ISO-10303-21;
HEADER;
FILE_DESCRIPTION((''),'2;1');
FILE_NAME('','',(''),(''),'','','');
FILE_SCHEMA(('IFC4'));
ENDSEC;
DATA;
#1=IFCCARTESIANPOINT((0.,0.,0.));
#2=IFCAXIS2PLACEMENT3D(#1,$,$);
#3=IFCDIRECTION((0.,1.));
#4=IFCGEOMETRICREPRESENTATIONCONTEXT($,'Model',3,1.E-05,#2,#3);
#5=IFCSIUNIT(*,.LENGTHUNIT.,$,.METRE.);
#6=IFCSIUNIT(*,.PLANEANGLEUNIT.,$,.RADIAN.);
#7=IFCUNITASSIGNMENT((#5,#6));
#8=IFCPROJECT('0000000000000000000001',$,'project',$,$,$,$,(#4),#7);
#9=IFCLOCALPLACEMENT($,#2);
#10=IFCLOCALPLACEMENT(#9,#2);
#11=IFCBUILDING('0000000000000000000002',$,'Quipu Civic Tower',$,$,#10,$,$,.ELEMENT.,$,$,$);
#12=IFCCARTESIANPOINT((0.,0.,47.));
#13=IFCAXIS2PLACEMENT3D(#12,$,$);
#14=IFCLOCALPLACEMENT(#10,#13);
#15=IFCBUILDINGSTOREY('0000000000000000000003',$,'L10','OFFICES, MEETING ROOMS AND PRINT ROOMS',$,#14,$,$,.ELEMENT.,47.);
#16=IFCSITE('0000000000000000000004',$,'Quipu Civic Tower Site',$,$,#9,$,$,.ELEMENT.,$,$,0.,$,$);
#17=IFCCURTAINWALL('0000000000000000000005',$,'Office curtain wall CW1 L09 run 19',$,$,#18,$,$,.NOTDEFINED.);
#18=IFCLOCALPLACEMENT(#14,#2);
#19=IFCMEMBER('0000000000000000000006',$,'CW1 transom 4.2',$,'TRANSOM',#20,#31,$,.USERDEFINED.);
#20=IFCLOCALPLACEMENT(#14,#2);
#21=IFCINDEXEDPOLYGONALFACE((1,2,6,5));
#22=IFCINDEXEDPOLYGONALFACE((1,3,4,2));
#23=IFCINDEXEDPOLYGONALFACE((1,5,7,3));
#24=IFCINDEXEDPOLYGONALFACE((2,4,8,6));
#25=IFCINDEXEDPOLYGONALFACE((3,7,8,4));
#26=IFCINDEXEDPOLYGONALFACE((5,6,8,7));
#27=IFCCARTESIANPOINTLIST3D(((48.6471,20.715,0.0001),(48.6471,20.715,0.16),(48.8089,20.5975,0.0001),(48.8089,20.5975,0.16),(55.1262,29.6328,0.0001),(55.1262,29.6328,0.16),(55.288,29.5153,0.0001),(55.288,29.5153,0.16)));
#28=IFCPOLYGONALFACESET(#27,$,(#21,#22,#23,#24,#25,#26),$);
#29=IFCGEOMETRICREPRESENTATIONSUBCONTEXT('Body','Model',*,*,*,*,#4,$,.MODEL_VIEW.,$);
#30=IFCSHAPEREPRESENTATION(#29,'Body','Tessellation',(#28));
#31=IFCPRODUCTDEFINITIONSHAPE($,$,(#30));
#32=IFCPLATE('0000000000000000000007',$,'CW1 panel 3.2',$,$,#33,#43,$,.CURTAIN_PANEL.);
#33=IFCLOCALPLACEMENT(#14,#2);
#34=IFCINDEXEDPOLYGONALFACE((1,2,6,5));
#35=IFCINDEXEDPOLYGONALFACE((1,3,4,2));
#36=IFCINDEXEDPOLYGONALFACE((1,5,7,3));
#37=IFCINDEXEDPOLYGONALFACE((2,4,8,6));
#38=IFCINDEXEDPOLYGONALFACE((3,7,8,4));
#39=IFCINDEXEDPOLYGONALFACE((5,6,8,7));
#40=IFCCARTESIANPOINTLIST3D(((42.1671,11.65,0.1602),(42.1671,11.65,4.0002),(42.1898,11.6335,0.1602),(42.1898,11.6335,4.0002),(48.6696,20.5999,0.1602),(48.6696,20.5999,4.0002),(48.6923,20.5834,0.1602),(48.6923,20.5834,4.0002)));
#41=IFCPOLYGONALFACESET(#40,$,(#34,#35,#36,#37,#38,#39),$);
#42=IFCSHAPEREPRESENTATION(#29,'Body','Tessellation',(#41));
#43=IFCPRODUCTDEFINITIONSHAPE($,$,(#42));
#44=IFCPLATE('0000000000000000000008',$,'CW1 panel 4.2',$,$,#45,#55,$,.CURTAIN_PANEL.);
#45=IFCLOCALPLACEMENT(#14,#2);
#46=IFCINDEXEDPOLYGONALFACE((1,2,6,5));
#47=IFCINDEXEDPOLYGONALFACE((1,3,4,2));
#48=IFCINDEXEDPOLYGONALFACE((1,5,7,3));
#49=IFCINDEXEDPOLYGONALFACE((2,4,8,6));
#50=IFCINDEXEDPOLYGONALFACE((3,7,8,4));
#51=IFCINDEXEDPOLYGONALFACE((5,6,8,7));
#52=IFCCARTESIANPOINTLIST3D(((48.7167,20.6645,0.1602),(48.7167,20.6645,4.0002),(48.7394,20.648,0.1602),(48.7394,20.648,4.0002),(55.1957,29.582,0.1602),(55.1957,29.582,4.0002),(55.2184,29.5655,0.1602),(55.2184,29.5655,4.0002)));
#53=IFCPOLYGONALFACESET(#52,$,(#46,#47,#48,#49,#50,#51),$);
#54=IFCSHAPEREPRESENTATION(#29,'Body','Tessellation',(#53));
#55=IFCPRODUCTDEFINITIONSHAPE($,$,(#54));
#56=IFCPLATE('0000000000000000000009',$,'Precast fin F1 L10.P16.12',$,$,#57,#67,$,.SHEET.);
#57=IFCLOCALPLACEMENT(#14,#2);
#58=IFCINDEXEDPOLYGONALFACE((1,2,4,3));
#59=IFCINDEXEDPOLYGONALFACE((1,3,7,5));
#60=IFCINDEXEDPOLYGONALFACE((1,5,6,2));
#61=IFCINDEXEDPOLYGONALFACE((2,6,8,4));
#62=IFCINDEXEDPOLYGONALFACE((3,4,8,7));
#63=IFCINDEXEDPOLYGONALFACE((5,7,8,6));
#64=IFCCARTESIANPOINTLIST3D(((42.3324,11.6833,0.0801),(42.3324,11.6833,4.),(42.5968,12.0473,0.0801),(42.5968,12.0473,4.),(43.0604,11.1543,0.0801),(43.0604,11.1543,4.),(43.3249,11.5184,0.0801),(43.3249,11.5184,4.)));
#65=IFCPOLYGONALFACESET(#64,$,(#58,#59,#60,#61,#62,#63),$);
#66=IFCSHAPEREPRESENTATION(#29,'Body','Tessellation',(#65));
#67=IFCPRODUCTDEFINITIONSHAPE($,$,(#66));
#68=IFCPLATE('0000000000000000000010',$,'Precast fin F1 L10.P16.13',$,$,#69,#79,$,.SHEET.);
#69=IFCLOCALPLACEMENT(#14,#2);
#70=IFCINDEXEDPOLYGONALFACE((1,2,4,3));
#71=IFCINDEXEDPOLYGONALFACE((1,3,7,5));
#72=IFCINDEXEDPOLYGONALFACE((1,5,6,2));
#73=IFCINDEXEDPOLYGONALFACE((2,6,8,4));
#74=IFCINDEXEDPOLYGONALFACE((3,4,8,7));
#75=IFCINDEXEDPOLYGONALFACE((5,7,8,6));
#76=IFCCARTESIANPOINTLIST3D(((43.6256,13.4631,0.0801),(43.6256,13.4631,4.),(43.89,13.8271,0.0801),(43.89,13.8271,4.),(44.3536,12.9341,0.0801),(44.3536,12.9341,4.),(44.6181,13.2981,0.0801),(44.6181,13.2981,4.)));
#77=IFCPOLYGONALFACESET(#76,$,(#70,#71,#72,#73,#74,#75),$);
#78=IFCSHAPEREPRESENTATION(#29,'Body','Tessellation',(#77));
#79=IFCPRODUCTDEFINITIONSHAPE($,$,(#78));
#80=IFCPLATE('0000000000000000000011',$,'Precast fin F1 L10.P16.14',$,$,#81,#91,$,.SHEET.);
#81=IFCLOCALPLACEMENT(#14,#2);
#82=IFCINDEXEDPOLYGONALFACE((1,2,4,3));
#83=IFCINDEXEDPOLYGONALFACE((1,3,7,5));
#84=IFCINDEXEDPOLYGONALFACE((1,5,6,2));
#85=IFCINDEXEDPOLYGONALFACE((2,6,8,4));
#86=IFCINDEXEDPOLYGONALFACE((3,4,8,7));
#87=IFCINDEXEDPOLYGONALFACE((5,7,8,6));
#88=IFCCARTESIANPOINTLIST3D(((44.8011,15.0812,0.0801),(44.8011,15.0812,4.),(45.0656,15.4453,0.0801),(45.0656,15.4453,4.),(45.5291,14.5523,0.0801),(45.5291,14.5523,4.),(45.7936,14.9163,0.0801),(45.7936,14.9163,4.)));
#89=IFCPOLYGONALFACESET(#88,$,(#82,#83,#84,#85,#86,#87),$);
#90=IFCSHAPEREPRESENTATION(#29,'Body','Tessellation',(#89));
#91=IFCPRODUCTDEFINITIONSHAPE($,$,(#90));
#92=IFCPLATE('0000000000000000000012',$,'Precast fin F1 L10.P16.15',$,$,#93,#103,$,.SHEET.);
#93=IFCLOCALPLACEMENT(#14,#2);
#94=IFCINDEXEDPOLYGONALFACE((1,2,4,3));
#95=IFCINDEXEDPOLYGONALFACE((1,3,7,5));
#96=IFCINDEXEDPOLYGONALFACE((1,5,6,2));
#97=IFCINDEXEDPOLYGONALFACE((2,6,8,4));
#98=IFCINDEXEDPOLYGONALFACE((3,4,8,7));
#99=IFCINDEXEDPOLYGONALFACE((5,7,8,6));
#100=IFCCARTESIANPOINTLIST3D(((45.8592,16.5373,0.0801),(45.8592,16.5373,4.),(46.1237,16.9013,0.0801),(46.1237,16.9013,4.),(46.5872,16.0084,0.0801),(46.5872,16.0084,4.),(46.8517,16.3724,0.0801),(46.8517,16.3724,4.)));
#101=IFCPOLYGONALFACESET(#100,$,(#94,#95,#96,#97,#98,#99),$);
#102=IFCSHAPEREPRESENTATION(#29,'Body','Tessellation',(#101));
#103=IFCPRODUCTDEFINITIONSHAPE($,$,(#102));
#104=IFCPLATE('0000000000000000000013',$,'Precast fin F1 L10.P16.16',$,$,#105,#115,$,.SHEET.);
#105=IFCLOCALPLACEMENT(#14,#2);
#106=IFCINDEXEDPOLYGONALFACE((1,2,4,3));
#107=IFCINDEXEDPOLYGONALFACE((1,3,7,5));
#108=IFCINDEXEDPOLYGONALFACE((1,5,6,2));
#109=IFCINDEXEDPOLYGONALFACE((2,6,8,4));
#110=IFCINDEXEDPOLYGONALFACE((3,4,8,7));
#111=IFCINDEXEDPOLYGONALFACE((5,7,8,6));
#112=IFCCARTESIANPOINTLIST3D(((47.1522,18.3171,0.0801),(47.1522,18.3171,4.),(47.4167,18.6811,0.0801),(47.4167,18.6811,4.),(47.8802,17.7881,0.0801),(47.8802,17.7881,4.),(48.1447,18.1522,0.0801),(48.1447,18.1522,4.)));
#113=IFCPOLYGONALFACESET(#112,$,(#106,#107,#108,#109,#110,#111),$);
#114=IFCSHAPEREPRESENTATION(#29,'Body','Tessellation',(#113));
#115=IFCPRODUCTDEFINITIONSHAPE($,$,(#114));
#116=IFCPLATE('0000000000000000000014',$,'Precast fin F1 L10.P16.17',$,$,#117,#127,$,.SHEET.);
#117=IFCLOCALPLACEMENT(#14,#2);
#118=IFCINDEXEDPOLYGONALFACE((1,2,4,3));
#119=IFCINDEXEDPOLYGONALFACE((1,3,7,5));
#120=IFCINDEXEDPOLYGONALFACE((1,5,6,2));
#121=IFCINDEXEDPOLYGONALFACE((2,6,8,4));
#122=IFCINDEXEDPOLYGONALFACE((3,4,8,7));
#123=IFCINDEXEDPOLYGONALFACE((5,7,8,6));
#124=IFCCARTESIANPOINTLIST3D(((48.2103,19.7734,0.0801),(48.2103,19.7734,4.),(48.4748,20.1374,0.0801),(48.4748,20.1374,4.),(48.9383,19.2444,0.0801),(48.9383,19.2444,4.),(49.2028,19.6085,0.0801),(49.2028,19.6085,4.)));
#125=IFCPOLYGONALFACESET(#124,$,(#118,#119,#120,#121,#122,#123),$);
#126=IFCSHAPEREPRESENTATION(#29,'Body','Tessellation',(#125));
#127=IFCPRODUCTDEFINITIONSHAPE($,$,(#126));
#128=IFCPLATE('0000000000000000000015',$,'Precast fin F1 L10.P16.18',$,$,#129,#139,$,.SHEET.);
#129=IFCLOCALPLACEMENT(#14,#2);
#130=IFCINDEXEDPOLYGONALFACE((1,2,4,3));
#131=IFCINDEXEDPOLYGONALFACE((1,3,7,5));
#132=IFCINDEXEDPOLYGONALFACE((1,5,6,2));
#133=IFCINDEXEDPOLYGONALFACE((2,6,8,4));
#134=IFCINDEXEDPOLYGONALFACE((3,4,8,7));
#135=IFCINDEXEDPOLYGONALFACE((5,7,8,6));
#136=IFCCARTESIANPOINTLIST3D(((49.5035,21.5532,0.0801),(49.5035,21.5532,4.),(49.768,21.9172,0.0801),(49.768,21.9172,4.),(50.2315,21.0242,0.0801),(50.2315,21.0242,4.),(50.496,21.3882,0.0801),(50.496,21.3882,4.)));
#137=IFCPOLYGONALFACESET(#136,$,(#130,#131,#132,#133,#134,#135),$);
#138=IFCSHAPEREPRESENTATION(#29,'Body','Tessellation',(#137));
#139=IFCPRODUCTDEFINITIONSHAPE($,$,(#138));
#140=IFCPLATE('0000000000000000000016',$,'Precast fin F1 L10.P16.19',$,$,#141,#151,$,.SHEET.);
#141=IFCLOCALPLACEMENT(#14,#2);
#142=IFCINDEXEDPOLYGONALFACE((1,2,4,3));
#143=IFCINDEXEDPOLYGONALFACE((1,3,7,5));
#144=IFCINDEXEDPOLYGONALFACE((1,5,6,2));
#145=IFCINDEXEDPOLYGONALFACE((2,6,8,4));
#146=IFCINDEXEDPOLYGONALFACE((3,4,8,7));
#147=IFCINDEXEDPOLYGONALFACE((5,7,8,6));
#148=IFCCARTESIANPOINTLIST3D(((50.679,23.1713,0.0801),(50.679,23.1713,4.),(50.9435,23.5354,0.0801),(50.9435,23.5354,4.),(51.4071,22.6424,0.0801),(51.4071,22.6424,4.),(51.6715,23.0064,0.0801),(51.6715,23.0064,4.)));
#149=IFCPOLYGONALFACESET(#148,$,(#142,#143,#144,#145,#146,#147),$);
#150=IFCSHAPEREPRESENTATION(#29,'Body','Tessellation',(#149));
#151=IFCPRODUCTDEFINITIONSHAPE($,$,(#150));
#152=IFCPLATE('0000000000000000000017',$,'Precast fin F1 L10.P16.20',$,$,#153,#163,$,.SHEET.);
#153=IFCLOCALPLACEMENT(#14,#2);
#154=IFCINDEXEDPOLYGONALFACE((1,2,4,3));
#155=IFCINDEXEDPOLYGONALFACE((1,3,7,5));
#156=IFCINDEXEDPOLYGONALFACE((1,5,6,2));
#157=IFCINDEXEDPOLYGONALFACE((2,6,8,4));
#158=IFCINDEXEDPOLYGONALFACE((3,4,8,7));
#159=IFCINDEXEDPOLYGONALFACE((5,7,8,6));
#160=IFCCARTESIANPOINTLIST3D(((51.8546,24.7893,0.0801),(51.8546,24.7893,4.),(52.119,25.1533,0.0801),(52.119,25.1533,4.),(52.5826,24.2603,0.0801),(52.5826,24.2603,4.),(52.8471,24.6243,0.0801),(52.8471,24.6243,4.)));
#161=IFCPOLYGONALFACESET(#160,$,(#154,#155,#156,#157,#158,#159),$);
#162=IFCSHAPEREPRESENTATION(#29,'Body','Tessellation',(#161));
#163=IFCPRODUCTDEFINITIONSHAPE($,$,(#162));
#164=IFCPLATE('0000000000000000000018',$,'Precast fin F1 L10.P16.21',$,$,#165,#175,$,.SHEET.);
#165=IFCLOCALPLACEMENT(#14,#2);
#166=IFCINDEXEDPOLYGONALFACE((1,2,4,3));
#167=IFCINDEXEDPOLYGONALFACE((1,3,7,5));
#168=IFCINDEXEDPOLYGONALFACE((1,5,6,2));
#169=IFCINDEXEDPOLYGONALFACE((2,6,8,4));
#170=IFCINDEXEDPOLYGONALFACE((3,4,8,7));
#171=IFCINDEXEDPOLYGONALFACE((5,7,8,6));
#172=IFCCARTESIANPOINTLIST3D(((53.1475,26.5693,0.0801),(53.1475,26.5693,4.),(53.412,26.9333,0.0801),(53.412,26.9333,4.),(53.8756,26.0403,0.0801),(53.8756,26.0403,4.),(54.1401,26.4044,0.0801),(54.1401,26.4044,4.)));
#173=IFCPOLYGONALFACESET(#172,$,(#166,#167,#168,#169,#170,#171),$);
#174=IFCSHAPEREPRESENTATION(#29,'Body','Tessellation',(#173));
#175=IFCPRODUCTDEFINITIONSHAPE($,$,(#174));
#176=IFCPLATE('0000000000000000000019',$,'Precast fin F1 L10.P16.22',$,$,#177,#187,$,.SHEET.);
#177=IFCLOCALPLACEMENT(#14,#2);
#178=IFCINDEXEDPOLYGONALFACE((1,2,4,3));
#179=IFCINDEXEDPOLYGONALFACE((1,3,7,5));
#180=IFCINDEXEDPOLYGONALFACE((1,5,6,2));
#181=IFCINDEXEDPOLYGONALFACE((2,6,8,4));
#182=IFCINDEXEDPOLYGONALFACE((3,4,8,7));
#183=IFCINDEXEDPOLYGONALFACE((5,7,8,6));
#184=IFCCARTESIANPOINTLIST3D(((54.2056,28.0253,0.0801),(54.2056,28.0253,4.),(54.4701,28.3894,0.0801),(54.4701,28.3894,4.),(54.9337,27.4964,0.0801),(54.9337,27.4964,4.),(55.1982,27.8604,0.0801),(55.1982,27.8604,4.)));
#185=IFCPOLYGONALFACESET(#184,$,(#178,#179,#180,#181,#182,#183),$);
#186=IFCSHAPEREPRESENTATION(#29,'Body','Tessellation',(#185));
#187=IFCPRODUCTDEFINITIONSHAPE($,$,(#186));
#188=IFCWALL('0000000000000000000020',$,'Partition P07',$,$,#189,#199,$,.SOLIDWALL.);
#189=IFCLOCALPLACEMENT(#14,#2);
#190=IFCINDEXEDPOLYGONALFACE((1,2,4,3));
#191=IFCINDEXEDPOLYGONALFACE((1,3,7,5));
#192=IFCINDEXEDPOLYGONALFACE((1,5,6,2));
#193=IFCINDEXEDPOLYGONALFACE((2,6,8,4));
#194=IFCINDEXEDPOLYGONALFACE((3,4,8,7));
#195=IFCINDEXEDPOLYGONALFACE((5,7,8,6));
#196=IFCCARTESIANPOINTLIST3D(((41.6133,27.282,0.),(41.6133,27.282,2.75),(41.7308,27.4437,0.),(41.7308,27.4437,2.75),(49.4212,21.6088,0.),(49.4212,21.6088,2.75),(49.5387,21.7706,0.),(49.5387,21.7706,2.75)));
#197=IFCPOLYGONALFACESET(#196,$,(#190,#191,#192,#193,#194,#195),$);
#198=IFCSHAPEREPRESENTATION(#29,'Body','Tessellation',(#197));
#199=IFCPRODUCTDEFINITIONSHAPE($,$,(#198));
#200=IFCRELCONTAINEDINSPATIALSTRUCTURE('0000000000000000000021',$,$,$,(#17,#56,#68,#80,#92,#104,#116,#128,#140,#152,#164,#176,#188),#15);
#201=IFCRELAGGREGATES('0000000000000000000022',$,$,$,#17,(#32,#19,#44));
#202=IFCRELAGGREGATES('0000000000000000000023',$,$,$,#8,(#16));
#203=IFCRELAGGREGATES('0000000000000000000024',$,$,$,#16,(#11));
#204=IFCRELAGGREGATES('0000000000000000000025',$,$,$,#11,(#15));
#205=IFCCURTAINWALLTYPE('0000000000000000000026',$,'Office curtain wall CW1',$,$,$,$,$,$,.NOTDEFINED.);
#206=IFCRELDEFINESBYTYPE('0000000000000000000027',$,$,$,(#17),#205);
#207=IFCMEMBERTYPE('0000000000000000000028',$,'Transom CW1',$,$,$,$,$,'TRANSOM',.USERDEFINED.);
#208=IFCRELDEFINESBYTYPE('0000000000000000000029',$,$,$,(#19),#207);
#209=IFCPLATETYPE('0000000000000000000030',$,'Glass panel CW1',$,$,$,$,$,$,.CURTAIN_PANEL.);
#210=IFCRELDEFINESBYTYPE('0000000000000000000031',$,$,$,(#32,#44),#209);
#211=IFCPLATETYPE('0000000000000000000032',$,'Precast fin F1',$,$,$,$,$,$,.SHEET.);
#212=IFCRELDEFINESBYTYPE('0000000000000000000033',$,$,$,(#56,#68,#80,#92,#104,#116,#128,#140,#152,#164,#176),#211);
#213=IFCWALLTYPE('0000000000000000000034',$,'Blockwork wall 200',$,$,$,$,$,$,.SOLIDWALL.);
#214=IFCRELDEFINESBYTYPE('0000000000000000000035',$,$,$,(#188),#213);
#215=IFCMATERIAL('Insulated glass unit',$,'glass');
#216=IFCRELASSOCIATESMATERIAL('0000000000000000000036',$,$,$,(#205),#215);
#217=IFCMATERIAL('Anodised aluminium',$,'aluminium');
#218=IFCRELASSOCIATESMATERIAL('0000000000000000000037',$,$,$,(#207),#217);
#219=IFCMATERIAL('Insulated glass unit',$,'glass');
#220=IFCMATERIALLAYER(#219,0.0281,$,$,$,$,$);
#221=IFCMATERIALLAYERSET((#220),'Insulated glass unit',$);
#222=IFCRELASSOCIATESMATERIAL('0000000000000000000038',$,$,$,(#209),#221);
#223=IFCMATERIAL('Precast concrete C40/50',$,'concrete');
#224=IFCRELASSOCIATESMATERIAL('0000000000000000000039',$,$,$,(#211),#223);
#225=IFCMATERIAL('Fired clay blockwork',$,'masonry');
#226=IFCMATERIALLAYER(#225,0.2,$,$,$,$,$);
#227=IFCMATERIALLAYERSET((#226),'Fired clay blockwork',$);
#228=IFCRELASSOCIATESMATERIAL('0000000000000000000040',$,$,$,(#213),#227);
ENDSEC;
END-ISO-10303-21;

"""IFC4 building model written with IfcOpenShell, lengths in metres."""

from ifc_helpers import new_model, si_unit, direction, frame, frame_2d, origin, origin_2d, place, context, subcontext, project, spatial, rectangle, extrude, material, layer, layer_set, material_profile, profile_set, type_object, element, aggregate, save


model = new_model("IFC4")

# Units and contexts
model_context = context("Model", 3, precision=1e-05, world=origin(), true_north=direction((0.0, 1.0)))
body_context = subcontext(model_context, "Body", "Model", "MODEL_VIEW")
ifc_project = project(units=[si_unit("LENGTHUNIT", "METRE"), si_unit("PLANEANGLEUNIT", "RADIAN")], contexts=[model_context])

# Site, building, storey
site_placement = place(None, origin())
site = spatial("IfcSite", under=ifc_project, at=site_placement, Name="Quipu Civic Tower Site", CompositionType="ELEMENT", RefElevation=0.0)
building_placement = place(site_placement, origin())
building = spatial("IfcBuilding", under=site, at=building_placement, Name="Quipu Civic Tower", CompositionType="ELEMENT")
storey_placement = place(building_placement, frame((0.0, 0.0, 47.0)))
storey = spatial("IfcBuildingStorey", under=building, at=storey_placement, Name="L10", Description="OFFICES, MEETING ROOMS AND PRINT ROOMS", CompositionType="ELEMENT", Elevation=47.0)

# Curtain wall
ifc_material_1 = material(Name="Insulated glass unit", Category="glass")
curtain_wall_type = type_object("IfcCurtainWallType", Name="Office curtain wall CW1", PredefinedType="NOTDEFINED", material=ifc_material_1)
curtain_wall_placement = place(storey_placement, origin())
curtain_wall = element("IfcCurtainWall", 1, at=curtain_wall_placement, inside=storey, type_object=curtain_wall_type, Name="Office curtain wall CW1 L09 run 19", PredefinedType="NOTDEFINED")

# Member
ifc_material_2 = material(Name="Anodised aluminium", Category="aluminium")
ifc_material_profile_1 = material_profile(ifc_material_2, rectangle(XDim=0.2, YDim=0.1599, at=origin_2d()), Name="RECT 200x160")
ifc_profile_set_1 = profile_set([ifc_material_profile_1], Name="Anodised aluminium")
member_type_1 = type_object("IfcMemberType", Name="Transom CW1", ElementType="TRANSOM", PredefinedType="USERDEFINED", material=ifc_profile_set_1)
member_1_placement = place(storey_placement, frame((48.728, 20.6562, 0.0801), z_axis=(0.587779, 0.809021, 0.0), x_axis=(-0.809021, 0.587779, 0.0)))
member_1 = element("IfcMember", 2, at=member_1_placement, type_object=member_type_1, Name="CW1 transom 4.2", ObjectType="TRANSOM", PredefinedType="USERDEFINED", context=body_context, shape_type="SweptSolid", body=[
    extrude(rectangle(XDim=0.2, YDim=0.1599, at=origin_2d()), origin(), (0.0, 0.0, 1.0), 11.0229),
])

# Plates
ifc_material_3 = material(Name="Insulated glass unit", Category="glass")
ifc_layer_1 = layer(ifc_material_3, 0.0281)
ifc_layer_set_1 = layer_set([ifc_layer_1], Name="Insulated glass unit")
plate_type_1 = type_object("IfcPlateType", Name="Glass panel CW1", PredefinedType="CURTAIN_PANEL", material=ifc_layer_set_1)
plate_1_placement = place(storey_placement, frame((45.4297, 16.1167, 0.1602), z_axis=(0.0, 0.0, 1.0), x_axis=(0.587786, 0.809017, 0.0)))
plate_1 = element("IfcPlate", 3, at=plate_1_placement, type_object=plate_type_1, Name="CW1 panel 3.2", PredefinedType="CURTAIN_PANEL", context=body_context, shape_type="SweptSolid", body=[
    extrude(rectangle(XDim=11.0627, YDim=0.0281, at=origin_2d()), origin(), (0.0, 0.0, 1.0), 3.8401),
])
plate_2_placement = place(storey_placement, frame((51.9675, 25.115, 0.1602), z_axis=(0.0, 0.0, 1.0), x_axis=(0.587786, 0.809017, 0.0)))
plate_2 = element("IfcPlate", 4, at=plate_2_placement, type_object=plate_type_1, Name="CW1 panel 4.2", PredefinedType="CURTAIN_PANEL", context=body_context, shape_type="SweptSolid", body=[
    extrude(rectangle(XDim=11.0227, YDim=0.0281, at=origin_2d()), origin(), (0.0, 0.0, 1.0), 3.8401),
])
aggregate(curtain_wall, [plate_1, member_1, plate_2])

# Plates
ifc_material_4 = material(Name="Precast concrete C40/50", Category="concrete")
plate_type_2 = type_object("IfcPlateType", Name="Precast fin F1", PredefinedType="SHEET", material=ifc_material_4)
for number, where, z_axis, x_axis, name in (
    (5, (42.8286, 11.6008, 0.0801), (0.0, 0.0, 1.0), (0.587786, 0.809017, 0.0), "Precast fin F1 L10.P16.12"),
    (6, (44.1218, 13.3806, 0.0801), (0.0, 0.0, 1.0), (0.587786, 0.809017, 0.0), "Precast fin F1 L10.P16.13"),
    (7, (45.2974, 14.9988, 0.0801), (0.0, 0.0, 1.0), (0.587786, 0.809017, 0.0), "Precast fin F1 L10.P16.14"),
    (8, (46.3555, 16.4548, 0.0801), (0.0, 0.0, 1.0), (0.587786, 0.809017, 0.0), "Precast fin F1 L10.P16.15"),
    (9, (47.6484, 18.2346, 0.0801), (0.0, 0.0, 1.0), (0.587786, 0.809017, 0.0), "Precast fin F1 L10.P16.16"),
    (10, (48.7065, 19.6909, 0.0801), (0.0, 0.0, 1.0), (0.587786, 0.809017, 0.0), "Precast fin F1 L10.P16.17"),
    (11, (49.9998, 21.4707, 0.0801), (0.0, 0.0, 1.0), (0.587786, 0.809017, 0.0), "Precast fin F1 L10.P16.18"),
    (12, (51.1753, 23.0889, 0.0801), (0.0, 0.0, 1.0), (0.587786, 0.809017, 0.0), "Precast fin F1 L10.P16.19"),
    (13, (52.3508, 24.7068, 0.0801), (0.0, 0.0, 1.0), (0.587786, 0.809017, 0.0), "Precast fin F1 L10.P16.20"),
    (14, (53.6438, 26.4868, 0.0801), (0.0, 0.0, 1.0), (0.587786, 0.809017, 0.0), "Precast fin F1 L10.P16.21"),
    (15, (54.7019, 27.9429, 0.0801), (0.0, 0.0, 1.0), (0.587786, 0.809017, 0.0), "Precast fin F1 L10.P16.22"),
):
    element("IfcPlate", number, at=place(storey_placement, frame(where, z_axis=z_axis, x_axis=x_axis)), inside=storey, type_object=plate_type_2, Name=name, PredefinedType="SHEET", context=body_context, shape_type="SweptSolid", body=[
        extrude(rectangle(XDim=0.45, YDim=0.8999, at=origin_2d()), origin(), (0.0, 0.0, 1.0), 3.9199),
    ])

# Wall
ifc_material_5 = material(Name="Fired clay blockwork", Category="masonry")
ifc_layer_2 = layer(ifc_material_5, 0.2)
ifc_layer_set_2 = layer_set([ifc_layer_2], Name="Fired clay blockwork")
wall_type_1 = type_object("IfcWallType", Name="Blockwork wall 200", PredefinedType="SOLIDWALL", material=ifc_layer_set_2)
wall_1_placement = place(storey_placement, frame((49.48, 21.6897, 0.0), z_axis=(0.0, 0.0, 1.0), x_axis=(-0.809, 0.587809, 0.0)))
element("IfcWall", 16, at=wall_1_placement, inside=storey, type_object=wall_type_1, Name="Partition P07", PredefinedType="SOLIDWALL", context=body_context, shape_type="SweptSolid", body=[
    extrude(rectangle(XDim=9.6514, YDim=0.2, at=frame_2d((4.8257, 0.0))), origin(), (0.0, 0.0, 1.0), 2.75),
])

save(model, "model.ifc")
